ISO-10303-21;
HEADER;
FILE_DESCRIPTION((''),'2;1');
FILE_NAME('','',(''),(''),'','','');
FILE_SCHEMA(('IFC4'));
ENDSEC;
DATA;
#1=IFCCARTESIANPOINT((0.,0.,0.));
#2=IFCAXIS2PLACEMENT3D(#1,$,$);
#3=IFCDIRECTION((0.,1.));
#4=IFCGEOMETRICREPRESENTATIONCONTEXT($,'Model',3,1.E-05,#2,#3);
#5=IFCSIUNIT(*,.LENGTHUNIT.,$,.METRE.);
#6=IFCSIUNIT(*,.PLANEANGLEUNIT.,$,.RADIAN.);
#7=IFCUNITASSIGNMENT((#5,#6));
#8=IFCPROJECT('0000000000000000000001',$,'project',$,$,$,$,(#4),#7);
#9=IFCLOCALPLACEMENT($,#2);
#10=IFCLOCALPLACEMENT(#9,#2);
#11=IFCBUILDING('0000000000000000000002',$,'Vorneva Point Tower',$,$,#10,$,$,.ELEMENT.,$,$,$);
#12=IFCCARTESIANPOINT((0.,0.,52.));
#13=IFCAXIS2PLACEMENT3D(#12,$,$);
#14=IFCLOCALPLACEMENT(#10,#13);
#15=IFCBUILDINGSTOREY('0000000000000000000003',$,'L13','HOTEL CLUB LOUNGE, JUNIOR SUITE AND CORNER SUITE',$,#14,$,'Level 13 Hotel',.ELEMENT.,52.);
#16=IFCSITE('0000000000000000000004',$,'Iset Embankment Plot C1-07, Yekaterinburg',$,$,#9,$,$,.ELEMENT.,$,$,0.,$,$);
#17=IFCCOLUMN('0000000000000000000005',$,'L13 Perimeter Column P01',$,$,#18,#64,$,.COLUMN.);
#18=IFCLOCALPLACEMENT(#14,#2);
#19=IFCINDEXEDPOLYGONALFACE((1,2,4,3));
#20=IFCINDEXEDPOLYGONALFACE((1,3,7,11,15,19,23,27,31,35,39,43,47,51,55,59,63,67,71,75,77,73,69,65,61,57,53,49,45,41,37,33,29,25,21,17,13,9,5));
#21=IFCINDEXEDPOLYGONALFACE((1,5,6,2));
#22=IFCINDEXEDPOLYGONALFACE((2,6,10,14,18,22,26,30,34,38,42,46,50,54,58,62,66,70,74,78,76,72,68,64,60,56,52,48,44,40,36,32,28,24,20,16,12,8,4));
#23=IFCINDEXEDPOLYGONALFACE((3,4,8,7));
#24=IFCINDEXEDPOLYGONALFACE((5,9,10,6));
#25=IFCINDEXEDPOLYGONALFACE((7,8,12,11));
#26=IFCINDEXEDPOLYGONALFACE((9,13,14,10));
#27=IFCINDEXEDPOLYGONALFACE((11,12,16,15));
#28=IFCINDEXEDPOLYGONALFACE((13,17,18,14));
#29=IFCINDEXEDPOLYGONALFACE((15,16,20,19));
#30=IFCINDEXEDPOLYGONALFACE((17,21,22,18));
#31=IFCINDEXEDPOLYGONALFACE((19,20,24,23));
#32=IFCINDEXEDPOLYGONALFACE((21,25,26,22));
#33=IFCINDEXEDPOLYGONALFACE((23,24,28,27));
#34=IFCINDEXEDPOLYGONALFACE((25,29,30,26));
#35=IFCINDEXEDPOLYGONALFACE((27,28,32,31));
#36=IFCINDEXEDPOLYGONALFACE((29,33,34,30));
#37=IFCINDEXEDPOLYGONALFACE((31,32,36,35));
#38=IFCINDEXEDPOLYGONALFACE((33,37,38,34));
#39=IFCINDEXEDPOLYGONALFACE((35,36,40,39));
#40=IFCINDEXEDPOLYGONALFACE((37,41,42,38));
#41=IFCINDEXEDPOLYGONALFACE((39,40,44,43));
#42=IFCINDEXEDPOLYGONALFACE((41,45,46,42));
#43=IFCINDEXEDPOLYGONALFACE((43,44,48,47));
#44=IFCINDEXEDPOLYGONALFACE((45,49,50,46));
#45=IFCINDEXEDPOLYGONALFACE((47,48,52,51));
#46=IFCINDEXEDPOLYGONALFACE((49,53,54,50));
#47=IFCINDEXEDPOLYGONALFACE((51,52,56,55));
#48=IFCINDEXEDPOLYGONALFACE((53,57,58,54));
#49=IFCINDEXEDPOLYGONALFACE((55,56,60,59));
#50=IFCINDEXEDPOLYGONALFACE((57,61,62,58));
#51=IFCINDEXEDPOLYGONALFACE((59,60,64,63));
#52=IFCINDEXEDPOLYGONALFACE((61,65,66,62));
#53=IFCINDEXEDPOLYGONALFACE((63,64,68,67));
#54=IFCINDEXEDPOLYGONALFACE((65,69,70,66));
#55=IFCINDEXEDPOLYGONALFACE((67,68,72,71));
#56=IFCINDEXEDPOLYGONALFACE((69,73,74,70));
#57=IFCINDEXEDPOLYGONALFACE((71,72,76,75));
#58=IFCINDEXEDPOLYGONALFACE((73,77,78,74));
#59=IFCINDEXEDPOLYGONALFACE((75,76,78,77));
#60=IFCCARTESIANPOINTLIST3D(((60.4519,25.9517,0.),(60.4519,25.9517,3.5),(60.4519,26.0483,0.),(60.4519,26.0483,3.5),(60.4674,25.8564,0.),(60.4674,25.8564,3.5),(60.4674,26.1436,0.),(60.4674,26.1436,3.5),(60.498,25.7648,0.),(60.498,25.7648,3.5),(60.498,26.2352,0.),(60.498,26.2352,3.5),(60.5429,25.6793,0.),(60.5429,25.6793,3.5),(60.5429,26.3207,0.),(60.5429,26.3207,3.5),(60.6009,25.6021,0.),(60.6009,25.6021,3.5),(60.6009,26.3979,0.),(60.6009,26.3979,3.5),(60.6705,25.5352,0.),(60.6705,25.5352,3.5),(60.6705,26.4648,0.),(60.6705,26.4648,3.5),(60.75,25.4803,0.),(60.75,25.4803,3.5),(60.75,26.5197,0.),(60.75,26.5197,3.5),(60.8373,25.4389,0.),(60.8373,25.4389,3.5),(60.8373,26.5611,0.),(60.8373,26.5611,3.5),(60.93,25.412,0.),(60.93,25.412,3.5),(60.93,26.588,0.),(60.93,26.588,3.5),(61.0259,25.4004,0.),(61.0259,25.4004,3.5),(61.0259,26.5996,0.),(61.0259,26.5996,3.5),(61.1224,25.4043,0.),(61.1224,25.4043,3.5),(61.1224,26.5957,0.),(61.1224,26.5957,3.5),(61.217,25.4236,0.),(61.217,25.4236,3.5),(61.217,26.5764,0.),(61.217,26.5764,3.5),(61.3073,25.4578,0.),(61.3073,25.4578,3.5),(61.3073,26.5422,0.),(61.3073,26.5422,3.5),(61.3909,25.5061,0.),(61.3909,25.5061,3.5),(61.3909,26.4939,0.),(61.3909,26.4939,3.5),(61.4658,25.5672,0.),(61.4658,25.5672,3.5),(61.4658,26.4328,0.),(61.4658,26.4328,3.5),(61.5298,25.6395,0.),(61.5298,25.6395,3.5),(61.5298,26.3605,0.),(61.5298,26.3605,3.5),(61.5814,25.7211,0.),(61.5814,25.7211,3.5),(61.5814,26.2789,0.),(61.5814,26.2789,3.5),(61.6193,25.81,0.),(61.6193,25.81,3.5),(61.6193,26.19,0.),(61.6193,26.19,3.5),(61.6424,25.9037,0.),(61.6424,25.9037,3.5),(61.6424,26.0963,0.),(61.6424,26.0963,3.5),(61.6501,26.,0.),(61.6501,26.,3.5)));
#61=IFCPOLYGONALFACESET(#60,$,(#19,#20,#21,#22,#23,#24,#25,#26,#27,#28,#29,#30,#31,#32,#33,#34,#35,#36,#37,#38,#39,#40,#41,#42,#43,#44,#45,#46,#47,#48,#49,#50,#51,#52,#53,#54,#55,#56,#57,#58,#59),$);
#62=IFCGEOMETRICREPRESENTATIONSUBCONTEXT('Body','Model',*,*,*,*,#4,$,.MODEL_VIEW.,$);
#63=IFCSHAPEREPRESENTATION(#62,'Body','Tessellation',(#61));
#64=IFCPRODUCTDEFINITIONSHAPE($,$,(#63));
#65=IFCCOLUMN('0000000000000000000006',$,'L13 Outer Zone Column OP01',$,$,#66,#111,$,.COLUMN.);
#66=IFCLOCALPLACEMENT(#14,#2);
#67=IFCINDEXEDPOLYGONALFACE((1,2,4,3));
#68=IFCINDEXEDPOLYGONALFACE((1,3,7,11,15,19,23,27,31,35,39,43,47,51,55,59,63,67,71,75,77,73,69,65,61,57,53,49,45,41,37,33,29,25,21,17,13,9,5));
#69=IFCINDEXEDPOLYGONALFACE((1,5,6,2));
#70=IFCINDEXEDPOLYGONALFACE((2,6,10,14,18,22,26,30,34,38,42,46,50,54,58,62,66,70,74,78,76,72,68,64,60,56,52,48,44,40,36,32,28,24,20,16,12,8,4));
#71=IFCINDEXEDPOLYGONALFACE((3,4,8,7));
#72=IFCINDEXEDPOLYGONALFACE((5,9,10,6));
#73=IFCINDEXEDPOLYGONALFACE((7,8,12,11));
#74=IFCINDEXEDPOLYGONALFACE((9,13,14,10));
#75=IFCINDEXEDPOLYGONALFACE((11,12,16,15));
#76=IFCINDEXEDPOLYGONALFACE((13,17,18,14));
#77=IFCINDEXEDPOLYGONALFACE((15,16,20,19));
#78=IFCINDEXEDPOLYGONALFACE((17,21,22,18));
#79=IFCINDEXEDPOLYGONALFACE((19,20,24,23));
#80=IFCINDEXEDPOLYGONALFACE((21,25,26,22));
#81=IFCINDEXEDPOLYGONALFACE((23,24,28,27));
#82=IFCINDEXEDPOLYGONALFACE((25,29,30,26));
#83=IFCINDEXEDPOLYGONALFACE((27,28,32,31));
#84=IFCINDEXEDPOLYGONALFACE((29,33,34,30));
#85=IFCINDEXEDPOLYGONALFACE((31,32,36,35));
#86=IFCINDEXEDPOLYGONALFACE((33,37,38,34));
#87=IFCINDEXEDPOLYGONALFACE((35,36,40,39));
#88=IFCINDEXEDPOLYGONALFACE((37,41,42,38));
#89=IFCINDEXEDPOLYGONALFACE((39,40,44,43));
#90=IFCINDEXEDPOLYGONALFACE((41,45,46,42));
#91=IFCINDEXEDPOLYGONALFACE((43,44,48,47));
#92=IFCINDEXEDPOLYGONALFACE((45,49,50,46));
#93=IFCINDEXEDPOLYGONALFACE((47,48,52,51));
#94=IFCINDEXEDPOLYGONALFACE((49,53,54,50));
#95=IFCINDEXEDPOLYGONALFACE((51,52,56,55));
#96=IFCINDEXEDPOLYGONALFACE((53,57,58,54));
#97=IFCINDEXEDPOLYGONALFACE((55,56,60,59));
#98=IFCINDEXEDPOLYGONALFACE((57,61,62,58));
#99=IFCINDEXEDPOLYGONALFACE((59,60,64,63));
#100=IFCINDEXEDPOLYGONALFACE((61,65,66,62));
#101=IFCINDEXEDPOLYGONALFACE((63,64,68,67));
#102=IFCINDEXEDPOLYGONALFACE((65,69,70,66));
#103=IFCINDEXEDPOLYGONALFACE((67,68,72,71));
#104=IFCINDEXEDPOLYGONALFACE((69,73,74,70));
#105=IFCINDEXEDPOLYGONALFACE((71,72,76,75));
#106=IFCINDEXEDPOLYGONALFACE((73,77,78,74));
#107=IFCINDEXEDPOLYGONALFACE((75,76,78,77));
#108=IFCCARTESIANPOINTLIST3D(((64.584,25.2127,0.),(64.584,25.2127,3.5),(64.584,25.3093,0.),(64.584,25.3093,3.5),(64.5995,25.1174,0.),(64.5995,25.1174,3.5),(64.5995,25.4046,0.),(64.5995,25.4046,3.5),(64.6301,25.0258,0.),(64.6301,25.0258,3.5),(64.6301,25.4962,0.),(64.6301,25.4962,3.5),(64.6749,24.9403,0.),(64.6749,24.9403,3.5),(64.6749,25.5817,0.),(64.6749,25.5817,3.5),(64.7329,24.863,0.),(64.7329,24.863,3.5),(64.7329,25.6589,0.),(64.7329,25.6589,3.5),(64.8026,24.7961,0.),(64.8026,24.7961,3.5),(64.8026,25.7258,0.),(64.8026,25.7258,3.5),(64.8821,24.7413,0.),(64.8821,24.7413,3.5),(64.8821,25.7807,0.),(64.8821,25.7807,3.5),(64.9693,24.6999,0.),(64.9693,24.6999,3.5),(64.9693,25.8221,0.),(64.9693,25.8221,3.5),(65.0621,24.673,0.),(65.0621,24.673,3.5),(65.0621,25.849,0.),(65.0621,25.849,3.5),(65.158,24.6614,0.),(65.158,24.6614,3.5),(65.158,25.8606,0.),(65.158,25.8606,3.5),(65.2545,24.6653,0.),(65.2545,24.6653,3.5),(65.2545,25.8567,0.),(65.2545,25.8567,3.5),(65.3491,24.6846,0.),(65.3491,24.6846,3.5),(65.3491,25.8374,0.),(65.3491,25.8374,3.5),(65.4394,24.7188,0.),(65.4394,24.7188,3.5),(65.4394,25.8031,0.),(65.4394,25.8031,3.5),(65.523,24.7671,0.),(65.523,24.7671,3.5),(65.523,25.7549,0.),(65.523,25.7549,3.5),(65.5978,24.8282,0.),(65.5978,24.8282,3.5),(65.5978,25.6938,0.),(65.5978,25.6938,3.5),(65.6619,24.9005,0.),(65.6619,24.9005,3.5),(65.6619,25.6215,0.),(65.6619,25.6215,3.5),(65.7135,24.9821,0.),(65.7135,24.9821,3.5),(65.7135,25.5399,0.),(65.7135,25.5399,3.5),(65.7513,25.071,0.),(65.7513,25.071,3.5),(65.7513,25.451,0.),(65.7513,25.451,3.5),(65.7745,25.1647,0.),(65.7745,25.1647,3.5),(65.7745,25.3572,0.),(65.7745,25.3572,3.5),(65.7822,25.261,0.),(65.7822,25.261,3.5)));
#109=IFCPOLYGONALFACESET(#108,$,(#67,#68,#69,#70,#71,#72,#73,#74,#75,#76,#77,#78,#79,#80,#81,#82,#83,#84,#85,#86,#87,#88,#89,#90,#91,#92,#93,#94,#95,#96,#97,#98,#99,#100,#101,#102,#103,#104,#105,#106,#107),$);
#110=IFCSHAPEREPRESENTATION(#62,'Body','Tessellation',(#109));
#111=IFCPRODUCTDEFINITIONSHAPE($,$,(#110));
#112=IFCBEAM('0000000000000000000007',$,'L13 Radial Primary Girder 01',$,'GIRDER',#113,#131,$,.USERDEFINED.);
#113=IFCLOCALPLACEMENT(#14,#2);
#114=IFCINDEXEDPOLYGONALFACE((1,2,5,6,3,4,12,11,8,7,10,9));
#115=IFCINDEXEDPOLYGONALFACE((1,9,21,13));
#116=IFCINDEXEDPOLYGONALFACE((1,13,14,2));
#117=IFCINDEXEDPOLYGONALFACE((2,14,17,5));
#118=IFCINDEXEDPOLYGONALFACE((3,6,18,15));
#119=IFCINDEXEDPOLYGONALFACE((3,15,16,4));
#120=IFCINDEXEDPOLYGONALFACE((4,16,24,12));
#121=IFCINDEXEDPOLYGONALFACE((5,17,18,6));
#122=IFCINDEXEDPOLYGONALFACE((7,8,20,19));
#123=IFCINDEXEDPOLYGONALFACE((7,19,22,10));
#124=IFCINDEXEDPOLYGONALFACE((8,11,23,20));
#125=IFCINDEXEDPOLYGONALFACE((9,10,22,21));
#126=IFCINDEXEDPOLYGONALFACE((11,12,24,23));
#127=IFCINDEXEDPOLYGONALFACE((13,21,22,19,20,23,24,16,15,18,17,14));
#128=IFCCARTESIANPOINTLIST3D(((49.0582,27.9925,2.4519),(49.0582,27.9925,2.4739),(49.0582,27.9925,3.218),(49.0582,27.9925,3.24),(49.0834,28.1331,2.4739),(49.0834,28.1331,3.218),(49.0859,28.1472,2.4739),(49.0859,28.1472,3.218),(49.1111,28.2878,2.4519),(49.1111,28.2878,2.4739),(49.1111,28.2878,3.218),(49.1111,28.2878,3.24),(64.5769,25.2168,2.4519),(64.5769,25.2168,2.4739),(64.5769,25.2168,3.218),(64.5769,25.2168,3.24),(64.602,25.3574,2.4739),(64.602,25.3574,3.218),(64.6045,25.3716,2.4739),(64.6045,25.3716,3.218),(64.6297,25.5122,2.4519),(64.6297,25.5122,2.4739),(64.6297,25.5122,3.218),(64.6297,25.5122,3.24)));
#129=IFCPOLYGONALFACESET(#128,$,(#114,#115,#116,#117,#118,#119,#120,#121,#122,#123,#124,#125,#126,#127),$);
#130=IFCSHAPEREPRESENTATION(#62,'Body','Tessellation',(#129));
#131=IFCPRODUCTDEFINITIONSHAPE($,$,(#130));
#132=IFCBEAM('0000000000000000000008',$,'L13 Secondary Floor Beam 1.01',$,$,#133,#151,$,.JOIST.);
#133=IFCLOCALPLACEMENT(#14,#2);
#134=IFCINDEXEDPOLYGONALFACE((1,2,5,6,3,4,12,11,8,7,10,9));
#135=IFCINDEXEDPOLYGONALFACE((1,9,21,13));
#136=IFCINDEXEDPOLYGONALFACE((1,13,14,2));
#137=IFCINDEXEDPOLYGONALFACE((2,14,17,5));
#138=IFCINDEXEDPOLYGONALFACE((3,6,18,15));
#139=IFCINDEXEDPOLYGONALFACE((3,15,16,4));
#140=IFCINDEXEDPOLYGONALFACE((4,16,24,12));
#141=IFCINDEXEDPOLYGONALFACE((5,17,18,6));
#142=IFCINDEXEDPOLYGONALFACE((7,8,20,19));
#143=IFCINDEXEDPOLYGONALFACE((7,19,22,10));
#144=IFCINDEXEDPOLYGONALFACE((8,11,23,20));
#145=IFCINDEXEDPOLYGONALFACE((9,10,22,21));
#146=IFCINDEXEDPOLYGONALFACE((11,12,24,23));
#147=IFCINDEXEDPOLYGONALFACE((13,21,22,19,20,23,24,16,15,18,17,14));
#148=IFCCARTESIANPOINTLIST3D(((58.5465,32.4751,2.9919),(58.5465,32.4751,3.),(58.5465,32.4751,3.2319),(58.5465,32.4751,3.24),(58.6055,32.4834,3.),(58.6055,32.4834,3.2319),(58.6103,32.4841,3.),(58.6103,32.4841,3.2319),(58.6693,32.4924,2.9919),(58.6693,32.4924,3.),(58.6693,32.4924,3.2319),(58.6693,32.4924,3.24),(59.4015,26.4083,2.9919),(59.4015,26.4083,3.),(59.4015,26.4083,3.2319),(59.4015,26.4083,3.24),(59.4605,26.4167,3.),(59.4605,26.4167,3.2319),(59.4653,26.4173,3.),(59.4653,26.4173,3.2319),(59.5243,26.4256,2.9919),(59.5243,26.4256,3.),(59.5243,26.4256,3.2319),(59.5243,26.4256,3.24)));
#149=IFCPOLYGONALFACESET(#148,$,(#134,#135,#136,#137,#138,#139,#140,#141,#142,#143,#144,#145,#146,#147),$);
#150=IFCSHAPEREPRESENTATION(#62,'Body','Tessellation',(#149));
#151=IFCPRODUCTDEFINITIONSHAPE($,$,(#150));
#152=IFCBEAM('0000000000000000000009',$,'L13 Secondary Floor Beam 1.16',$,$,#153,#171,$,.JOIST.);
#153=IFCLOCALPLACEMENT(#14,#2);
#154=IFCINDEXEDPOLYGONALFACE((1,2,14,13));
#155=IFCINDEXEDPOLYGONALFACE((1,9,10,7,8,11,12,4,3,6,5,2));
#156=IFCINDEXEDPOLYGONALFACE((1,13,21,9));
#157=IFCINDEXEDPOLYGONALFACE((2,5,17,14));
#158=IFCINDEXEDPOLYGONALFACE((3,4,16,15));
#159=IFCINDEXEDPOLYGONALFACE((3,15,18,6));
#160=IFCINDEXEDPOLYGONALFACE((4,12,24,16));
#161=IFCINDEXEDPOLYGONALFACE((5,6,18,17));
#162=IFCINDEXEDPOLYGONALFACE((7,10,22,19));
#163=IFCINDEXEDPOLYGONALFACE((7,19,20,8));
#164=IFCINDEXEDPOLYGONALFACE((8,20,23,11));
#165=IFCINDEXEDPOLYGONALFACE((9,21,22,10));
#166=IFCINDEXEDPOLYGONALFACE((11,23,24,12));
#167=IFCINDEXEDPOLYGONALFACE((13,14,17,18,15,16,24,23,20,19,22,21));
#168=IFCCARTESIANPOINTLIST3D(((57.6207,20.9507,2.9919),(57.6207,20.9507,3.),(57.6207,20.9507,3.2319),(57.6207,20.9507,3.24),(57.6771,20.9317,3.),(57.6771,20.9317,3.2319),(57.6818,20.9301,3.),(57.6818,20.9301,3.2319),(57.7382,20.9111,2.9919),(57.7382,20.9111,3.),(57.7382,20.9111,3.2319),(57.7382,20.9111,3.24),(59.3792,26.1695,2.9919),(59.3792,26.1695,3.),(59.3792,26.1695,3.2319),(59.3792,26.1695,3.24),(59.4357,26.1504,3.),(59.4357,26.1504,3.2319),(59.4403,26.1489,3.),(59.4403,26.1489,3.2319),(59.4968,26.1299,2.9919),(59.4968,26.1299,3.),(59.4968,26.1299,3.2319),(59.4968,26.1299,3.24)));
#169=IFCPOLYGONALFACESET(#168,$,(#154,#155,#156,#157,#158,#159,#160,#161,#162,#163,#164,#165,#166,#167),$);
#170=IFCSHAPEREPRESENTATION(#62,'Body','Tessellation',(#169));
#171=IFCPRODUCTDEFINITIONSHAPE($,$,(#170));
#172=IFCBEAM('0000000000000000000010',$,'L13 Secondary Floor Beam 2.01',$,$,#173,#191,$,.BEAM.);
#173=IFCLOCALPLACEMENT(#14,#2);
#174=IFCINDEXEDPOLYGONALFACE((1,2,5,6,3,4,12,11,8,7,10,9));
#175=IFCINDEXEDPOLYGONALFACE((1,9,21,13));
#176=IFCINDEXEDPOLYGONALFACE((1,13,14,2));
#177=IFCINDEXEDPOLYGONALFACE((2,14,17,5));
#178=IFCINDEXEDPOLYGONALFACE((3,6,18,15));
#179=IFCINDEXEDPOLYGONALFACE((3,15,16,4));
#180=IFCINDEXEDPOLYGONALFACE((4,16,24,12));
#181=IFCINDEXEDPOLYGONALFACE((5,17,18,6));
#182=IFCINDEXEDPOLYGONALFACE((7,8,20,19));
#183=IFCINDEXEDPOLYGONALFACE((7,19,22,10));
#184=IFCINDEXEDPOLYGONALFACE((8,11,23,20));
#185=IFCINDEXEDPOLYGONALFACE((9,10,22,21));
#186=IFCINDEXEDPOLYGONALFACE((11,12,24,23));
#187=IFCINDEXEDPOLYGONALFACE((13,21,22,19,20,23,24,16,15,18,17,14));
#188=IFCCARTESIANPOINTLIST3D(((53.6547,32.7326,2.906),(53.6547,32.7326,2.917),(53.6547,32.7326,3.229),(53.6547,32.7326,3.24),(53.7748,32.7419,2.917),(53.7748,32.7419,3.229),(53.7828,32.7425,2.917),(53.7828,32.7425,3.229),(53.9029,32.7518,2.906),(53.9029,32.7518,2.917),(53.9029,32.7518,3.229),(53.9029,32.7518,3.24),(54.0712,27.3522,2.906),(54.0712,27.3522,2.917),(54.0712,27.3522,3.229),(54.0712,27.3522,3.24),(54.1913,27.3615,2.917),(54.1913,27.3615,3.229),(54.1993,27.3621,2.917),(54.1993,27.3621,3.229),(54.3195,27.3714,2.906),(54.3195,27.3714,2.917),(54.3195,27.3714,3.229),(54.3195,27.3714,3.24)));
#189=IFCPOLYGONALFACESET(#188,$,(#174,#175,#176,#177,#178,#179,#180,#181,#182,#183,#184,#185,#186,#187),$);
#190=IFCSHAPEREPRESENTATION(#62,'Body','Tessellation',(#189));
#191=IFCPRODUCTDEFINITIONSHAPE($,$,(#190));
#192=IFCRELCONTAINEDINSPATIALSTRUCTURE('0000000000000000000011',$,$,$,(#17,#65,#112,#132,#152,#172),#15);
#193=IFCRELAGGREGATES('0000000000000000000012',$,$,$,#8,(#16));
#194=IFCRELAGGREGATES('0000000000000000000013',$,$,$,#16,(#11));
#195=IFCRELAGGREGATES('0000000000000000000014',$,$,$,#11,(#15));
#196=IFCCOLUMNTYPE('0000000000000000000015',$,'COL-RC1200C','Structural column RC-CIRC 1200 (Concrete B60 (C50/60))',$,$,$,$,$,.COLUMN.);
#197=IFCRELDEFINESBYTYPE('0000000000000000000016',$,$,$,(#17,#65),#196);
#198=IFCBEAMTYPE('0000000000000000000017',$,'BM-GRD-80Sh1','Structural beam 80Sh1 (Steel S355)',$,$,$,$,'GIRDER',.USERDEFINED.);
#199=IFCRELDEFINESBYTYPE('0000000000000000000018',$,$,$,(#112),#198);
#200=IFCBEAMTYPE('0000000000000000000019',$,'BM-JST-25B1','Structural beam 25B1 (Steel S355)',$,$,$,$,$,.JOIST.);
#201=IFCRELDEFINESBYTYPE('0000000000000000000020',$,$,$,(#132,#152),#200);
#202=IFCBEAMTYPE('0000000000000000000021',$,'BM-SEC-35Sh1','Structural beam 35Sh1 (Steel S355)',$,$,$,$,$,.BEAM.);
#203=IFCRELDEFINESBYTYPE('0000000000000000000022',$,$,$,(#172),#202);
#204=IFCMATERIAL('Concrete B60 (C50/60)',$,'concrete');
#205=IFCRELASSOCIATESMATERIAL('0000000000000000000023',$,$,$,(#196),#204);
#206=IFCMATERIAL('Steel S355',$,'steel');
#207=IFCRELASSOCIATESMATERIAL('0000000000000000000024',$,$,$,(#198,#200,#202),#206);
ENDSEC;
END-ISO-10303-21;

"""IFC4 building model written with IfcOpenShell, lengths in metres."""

from ifc_helpers import new_model, si_unit, direction, frame, origin, origin_2d, place, context, subcontext, project, spatial, circle, i_section, extrude, material, material_profile, profile_set, type_object, element, save


model = new_model("IFC4")

# Units and contexts
model_context = context("Model", 3, precision=1e-05, world=origin(), true_north=direction((0.0, 1.0)))
body_context = subcontext(model_context, "Body", "Model", "MODEL_VIEW")
ifc_project = project(units=[si_unit("LENGTHUNIT", "METRE"), si_unit("PLANEANGLEUNIT", "RADIAN")], contexts=[model_context])

# Site, building, storey
site_placement = place(None, origin())
site = spatial("IfcSite", under=ifc_project, at=site_placement, Name="Iset Embankment Plot C1-07, Yekaterinburg", CompositionType="ELEMENT", RefElevation=0.0)
building_placement = place(site_placement, origin())
building = spatial("IfcBuilding", under=site, at=building_placement, Name="Vorneva Point Tower", CompositionType="ELEMENT")
storey_placement = place(building_placement, frame((0.0, 0.0, 52.0)))
storey = spatial("IfcBuildingStorey", under=building, at=storey_placement, Name="L13", Description="HOTEL CLUB LOUNGE, JUNIOR SUITE AND CORNER SUITE", LongName="Level 13 Hotel", CompositionType="ELEMENT", Elevation=52.0)

# Columns
ifc_material_1 = material(Name="Concrete B60 (C50/60)", Category="concrete")
ifc_material_profile_1 = material_profile(ifc_material_1, circle(Radius=0.6001, at=origin_2d()), Name="RC-CIRC 1200")
ifc_profile_set_1 = profile_set([ifc_material_profile_1], Name="Concrete B60 (C50/60)")
column_type = type_object("IfcColumnType", Name="COL-RC1200C", Description="Structural column RC-CIRC 1200 (Concrete B60 (C50/60))", PredefinedType="COLUMN", material=ifc_profile_set_1)
for number, where, z_axis, x_axis, name in (
    (1, (61.05, 26.0, 0.0), (0.0, 0.0, 1.0), (1.0, 0.0, 0.0), "L13 Perimeter Column P01"),
    (2, (65.1821, 25.261, 0.0), (0.0, 0.0, 1.0), (1.0, 0.0, 0.0), "L13 Outer Zone Column OP01"),
):
    element("IfcColumn", number, at=place(storey_placement, frame(where, z_axis=z_axis, x_axis=x_axis)), inside=storey, type_object=column_type, Name=name, PredefinedType="COLUMN", context=body_context, shape_type="SweptSolid", body=[
        extrude(circle(Radius=0.6001, at=origin_2d()), origin(), (0.0, 0.0, 1.0), 3.5),
    ])

# Beams
ifc_material_2 = material(Name="Steel S355", Category="steel")
ifc_material_profile_2 = material_profile(ifc_material_2, i_section(OverallWidth=0.3, OverallDepth=0.7881, WebThickness=0.0144, FlangeThickness=0.022, at=origin_2d()), Name="80Sh1")
ifc_profile_set_2 = profile_set([ifc_material_profile_2], Name="Steel S355")
beam_type_1 = type_object("IfcBeamType", Name="BM-GRD-80Sh1", Description="Structural beam 80Sh1 (Steel S355)", ElementType="GIRDER", PredefinedType="USERDEFINED", material=ifc_profile_set_2)
beam_1_placement = place(storey_placement, frame((64.6033, 25.3645, 2.8459), z_axis=(-0.984379, 0.176065, 0.0), x_axis=(-0.176065, -0.984379, 0.0)))
element("IfcBeam", 3, at=beam_1_placement, inside=storey, type_object=beam_type_1, Name="L13 Radial Primary Girder 01", ObjectType="GIRDER", PredefinedType="USERDEFINED", context=body_context, shape_type="SweptSolid", body=[
    extrude(i_section(OverallWidth=0.3, OverallDepth=0.7881, WebThickness=0.0144, FlangeThickness=0.022, at=origin_2d()), origin(), (0.0, 0.0, 1.0), 15.7649),
])
ifc_material_profile_3 = material_profile(ifc_material_2, i_section(OverallWidth=0.124, OverallDepth=0.248, WebThickness=0.0049, FlangeThickness=0.0081, at=origin_2d()), Name="25B1")
ifc_profile_set_3 = profile_set([ifc_material_profile_3], Name="Steel S355")
beam_type_2 = type_object("IfcBeamType", Name="BM-JST-25B1", Description="Structural beam 25B1 (Steel S355)", PredefinedType="JOIST", material=ifc_profile_set_3)
beam_2_placement = place(storey_placement, frame((59.4629, 26.417, 3.116), z_axis=(-0.139552, 0.990215, 0.0), x_axis=(-0.990215, -0.139552, 0.0)))
element("IfcBeam", 4, at=beam_2_placement, inside=storey, type_object=beam_type_2, Name="L13 Secondary Floor Beam 1.01", PredefinedType="JOIST", context=body_context, shape_type="SweptSolid", body=[
    extrude(i_section(OverallWidth=0.124, OverallDepth=0.248, WebThickness=0.0049, FlangeThickness=0.0081, at=origin_2d()), origin(), (0.0, 0.0, 1.0), 6.1267),
])
beam_3_placement = place(storey_placement, frame((57.6794, 20.9309, 3.116), z_axis=(0.319325, 0.947645, 0.0), x_axis=(-0.947645, 0.319325, 0.0)))
element("IfcBeam", 5, at=beam_3_placement, inside=storey, type_object=beam_type_2, Name="L13 Secondary Floor Beam 1.16", PredefinedType="JOIST", context=body_context, shape_type="SweptSolid", body=[
    extrude(i_section(OverallWidth=0.124, OverallDepth=0.248, WebThickness=0.0049, FlangeThickness=0.0081, at=origin_2d()), origin(), (0.0, 0.0, 1.0), 5.5071),
])
ifc_material_profile_4 = material_profile(ifc_material_2, i_section(OverallWidth=0.249, OverallDepth=0.334, WebThickness=0.0081, FlangeThickness=0.011, at=origin_2d()), Name="35Sh1")
ifc_profile_set_4 = profile_set([ifc_material_profile_4], Name="Steel S355")
beam_type_3 = type_object("IfcBeamType", Name="BM-SEC-35Sh1", Description="Structural beam 35Sh1 (Steel S355)", PredefinedType="BEAM", material=ifc_profile_set_4)
beam_4_placement = place(storey_placement, frame((54.1953, 27.3618, 3.073), z_axis=(-0.077181, 0.997017, 0.0), x_axis=(-0.997017, -0.077181, 0.0)))
element("IfcBeam", 6, at=beam_4_placement, inside=storey, type_object=beam_type_3, Name="L13 Secondary Floor Beam 2.01", PredefinedType="BEAM", context=body_context, shape_type="SweptSolid", body=[
    extrude(i_section(OverallWidth=0.249, OverallDepth=0.334, WebThickness=0.0081, FlangeThickness=0.011, at=origin_2d()), origin(), (0.0, 0.0, 1.0), 5.3965),
])

save(model, "model.ifc")
